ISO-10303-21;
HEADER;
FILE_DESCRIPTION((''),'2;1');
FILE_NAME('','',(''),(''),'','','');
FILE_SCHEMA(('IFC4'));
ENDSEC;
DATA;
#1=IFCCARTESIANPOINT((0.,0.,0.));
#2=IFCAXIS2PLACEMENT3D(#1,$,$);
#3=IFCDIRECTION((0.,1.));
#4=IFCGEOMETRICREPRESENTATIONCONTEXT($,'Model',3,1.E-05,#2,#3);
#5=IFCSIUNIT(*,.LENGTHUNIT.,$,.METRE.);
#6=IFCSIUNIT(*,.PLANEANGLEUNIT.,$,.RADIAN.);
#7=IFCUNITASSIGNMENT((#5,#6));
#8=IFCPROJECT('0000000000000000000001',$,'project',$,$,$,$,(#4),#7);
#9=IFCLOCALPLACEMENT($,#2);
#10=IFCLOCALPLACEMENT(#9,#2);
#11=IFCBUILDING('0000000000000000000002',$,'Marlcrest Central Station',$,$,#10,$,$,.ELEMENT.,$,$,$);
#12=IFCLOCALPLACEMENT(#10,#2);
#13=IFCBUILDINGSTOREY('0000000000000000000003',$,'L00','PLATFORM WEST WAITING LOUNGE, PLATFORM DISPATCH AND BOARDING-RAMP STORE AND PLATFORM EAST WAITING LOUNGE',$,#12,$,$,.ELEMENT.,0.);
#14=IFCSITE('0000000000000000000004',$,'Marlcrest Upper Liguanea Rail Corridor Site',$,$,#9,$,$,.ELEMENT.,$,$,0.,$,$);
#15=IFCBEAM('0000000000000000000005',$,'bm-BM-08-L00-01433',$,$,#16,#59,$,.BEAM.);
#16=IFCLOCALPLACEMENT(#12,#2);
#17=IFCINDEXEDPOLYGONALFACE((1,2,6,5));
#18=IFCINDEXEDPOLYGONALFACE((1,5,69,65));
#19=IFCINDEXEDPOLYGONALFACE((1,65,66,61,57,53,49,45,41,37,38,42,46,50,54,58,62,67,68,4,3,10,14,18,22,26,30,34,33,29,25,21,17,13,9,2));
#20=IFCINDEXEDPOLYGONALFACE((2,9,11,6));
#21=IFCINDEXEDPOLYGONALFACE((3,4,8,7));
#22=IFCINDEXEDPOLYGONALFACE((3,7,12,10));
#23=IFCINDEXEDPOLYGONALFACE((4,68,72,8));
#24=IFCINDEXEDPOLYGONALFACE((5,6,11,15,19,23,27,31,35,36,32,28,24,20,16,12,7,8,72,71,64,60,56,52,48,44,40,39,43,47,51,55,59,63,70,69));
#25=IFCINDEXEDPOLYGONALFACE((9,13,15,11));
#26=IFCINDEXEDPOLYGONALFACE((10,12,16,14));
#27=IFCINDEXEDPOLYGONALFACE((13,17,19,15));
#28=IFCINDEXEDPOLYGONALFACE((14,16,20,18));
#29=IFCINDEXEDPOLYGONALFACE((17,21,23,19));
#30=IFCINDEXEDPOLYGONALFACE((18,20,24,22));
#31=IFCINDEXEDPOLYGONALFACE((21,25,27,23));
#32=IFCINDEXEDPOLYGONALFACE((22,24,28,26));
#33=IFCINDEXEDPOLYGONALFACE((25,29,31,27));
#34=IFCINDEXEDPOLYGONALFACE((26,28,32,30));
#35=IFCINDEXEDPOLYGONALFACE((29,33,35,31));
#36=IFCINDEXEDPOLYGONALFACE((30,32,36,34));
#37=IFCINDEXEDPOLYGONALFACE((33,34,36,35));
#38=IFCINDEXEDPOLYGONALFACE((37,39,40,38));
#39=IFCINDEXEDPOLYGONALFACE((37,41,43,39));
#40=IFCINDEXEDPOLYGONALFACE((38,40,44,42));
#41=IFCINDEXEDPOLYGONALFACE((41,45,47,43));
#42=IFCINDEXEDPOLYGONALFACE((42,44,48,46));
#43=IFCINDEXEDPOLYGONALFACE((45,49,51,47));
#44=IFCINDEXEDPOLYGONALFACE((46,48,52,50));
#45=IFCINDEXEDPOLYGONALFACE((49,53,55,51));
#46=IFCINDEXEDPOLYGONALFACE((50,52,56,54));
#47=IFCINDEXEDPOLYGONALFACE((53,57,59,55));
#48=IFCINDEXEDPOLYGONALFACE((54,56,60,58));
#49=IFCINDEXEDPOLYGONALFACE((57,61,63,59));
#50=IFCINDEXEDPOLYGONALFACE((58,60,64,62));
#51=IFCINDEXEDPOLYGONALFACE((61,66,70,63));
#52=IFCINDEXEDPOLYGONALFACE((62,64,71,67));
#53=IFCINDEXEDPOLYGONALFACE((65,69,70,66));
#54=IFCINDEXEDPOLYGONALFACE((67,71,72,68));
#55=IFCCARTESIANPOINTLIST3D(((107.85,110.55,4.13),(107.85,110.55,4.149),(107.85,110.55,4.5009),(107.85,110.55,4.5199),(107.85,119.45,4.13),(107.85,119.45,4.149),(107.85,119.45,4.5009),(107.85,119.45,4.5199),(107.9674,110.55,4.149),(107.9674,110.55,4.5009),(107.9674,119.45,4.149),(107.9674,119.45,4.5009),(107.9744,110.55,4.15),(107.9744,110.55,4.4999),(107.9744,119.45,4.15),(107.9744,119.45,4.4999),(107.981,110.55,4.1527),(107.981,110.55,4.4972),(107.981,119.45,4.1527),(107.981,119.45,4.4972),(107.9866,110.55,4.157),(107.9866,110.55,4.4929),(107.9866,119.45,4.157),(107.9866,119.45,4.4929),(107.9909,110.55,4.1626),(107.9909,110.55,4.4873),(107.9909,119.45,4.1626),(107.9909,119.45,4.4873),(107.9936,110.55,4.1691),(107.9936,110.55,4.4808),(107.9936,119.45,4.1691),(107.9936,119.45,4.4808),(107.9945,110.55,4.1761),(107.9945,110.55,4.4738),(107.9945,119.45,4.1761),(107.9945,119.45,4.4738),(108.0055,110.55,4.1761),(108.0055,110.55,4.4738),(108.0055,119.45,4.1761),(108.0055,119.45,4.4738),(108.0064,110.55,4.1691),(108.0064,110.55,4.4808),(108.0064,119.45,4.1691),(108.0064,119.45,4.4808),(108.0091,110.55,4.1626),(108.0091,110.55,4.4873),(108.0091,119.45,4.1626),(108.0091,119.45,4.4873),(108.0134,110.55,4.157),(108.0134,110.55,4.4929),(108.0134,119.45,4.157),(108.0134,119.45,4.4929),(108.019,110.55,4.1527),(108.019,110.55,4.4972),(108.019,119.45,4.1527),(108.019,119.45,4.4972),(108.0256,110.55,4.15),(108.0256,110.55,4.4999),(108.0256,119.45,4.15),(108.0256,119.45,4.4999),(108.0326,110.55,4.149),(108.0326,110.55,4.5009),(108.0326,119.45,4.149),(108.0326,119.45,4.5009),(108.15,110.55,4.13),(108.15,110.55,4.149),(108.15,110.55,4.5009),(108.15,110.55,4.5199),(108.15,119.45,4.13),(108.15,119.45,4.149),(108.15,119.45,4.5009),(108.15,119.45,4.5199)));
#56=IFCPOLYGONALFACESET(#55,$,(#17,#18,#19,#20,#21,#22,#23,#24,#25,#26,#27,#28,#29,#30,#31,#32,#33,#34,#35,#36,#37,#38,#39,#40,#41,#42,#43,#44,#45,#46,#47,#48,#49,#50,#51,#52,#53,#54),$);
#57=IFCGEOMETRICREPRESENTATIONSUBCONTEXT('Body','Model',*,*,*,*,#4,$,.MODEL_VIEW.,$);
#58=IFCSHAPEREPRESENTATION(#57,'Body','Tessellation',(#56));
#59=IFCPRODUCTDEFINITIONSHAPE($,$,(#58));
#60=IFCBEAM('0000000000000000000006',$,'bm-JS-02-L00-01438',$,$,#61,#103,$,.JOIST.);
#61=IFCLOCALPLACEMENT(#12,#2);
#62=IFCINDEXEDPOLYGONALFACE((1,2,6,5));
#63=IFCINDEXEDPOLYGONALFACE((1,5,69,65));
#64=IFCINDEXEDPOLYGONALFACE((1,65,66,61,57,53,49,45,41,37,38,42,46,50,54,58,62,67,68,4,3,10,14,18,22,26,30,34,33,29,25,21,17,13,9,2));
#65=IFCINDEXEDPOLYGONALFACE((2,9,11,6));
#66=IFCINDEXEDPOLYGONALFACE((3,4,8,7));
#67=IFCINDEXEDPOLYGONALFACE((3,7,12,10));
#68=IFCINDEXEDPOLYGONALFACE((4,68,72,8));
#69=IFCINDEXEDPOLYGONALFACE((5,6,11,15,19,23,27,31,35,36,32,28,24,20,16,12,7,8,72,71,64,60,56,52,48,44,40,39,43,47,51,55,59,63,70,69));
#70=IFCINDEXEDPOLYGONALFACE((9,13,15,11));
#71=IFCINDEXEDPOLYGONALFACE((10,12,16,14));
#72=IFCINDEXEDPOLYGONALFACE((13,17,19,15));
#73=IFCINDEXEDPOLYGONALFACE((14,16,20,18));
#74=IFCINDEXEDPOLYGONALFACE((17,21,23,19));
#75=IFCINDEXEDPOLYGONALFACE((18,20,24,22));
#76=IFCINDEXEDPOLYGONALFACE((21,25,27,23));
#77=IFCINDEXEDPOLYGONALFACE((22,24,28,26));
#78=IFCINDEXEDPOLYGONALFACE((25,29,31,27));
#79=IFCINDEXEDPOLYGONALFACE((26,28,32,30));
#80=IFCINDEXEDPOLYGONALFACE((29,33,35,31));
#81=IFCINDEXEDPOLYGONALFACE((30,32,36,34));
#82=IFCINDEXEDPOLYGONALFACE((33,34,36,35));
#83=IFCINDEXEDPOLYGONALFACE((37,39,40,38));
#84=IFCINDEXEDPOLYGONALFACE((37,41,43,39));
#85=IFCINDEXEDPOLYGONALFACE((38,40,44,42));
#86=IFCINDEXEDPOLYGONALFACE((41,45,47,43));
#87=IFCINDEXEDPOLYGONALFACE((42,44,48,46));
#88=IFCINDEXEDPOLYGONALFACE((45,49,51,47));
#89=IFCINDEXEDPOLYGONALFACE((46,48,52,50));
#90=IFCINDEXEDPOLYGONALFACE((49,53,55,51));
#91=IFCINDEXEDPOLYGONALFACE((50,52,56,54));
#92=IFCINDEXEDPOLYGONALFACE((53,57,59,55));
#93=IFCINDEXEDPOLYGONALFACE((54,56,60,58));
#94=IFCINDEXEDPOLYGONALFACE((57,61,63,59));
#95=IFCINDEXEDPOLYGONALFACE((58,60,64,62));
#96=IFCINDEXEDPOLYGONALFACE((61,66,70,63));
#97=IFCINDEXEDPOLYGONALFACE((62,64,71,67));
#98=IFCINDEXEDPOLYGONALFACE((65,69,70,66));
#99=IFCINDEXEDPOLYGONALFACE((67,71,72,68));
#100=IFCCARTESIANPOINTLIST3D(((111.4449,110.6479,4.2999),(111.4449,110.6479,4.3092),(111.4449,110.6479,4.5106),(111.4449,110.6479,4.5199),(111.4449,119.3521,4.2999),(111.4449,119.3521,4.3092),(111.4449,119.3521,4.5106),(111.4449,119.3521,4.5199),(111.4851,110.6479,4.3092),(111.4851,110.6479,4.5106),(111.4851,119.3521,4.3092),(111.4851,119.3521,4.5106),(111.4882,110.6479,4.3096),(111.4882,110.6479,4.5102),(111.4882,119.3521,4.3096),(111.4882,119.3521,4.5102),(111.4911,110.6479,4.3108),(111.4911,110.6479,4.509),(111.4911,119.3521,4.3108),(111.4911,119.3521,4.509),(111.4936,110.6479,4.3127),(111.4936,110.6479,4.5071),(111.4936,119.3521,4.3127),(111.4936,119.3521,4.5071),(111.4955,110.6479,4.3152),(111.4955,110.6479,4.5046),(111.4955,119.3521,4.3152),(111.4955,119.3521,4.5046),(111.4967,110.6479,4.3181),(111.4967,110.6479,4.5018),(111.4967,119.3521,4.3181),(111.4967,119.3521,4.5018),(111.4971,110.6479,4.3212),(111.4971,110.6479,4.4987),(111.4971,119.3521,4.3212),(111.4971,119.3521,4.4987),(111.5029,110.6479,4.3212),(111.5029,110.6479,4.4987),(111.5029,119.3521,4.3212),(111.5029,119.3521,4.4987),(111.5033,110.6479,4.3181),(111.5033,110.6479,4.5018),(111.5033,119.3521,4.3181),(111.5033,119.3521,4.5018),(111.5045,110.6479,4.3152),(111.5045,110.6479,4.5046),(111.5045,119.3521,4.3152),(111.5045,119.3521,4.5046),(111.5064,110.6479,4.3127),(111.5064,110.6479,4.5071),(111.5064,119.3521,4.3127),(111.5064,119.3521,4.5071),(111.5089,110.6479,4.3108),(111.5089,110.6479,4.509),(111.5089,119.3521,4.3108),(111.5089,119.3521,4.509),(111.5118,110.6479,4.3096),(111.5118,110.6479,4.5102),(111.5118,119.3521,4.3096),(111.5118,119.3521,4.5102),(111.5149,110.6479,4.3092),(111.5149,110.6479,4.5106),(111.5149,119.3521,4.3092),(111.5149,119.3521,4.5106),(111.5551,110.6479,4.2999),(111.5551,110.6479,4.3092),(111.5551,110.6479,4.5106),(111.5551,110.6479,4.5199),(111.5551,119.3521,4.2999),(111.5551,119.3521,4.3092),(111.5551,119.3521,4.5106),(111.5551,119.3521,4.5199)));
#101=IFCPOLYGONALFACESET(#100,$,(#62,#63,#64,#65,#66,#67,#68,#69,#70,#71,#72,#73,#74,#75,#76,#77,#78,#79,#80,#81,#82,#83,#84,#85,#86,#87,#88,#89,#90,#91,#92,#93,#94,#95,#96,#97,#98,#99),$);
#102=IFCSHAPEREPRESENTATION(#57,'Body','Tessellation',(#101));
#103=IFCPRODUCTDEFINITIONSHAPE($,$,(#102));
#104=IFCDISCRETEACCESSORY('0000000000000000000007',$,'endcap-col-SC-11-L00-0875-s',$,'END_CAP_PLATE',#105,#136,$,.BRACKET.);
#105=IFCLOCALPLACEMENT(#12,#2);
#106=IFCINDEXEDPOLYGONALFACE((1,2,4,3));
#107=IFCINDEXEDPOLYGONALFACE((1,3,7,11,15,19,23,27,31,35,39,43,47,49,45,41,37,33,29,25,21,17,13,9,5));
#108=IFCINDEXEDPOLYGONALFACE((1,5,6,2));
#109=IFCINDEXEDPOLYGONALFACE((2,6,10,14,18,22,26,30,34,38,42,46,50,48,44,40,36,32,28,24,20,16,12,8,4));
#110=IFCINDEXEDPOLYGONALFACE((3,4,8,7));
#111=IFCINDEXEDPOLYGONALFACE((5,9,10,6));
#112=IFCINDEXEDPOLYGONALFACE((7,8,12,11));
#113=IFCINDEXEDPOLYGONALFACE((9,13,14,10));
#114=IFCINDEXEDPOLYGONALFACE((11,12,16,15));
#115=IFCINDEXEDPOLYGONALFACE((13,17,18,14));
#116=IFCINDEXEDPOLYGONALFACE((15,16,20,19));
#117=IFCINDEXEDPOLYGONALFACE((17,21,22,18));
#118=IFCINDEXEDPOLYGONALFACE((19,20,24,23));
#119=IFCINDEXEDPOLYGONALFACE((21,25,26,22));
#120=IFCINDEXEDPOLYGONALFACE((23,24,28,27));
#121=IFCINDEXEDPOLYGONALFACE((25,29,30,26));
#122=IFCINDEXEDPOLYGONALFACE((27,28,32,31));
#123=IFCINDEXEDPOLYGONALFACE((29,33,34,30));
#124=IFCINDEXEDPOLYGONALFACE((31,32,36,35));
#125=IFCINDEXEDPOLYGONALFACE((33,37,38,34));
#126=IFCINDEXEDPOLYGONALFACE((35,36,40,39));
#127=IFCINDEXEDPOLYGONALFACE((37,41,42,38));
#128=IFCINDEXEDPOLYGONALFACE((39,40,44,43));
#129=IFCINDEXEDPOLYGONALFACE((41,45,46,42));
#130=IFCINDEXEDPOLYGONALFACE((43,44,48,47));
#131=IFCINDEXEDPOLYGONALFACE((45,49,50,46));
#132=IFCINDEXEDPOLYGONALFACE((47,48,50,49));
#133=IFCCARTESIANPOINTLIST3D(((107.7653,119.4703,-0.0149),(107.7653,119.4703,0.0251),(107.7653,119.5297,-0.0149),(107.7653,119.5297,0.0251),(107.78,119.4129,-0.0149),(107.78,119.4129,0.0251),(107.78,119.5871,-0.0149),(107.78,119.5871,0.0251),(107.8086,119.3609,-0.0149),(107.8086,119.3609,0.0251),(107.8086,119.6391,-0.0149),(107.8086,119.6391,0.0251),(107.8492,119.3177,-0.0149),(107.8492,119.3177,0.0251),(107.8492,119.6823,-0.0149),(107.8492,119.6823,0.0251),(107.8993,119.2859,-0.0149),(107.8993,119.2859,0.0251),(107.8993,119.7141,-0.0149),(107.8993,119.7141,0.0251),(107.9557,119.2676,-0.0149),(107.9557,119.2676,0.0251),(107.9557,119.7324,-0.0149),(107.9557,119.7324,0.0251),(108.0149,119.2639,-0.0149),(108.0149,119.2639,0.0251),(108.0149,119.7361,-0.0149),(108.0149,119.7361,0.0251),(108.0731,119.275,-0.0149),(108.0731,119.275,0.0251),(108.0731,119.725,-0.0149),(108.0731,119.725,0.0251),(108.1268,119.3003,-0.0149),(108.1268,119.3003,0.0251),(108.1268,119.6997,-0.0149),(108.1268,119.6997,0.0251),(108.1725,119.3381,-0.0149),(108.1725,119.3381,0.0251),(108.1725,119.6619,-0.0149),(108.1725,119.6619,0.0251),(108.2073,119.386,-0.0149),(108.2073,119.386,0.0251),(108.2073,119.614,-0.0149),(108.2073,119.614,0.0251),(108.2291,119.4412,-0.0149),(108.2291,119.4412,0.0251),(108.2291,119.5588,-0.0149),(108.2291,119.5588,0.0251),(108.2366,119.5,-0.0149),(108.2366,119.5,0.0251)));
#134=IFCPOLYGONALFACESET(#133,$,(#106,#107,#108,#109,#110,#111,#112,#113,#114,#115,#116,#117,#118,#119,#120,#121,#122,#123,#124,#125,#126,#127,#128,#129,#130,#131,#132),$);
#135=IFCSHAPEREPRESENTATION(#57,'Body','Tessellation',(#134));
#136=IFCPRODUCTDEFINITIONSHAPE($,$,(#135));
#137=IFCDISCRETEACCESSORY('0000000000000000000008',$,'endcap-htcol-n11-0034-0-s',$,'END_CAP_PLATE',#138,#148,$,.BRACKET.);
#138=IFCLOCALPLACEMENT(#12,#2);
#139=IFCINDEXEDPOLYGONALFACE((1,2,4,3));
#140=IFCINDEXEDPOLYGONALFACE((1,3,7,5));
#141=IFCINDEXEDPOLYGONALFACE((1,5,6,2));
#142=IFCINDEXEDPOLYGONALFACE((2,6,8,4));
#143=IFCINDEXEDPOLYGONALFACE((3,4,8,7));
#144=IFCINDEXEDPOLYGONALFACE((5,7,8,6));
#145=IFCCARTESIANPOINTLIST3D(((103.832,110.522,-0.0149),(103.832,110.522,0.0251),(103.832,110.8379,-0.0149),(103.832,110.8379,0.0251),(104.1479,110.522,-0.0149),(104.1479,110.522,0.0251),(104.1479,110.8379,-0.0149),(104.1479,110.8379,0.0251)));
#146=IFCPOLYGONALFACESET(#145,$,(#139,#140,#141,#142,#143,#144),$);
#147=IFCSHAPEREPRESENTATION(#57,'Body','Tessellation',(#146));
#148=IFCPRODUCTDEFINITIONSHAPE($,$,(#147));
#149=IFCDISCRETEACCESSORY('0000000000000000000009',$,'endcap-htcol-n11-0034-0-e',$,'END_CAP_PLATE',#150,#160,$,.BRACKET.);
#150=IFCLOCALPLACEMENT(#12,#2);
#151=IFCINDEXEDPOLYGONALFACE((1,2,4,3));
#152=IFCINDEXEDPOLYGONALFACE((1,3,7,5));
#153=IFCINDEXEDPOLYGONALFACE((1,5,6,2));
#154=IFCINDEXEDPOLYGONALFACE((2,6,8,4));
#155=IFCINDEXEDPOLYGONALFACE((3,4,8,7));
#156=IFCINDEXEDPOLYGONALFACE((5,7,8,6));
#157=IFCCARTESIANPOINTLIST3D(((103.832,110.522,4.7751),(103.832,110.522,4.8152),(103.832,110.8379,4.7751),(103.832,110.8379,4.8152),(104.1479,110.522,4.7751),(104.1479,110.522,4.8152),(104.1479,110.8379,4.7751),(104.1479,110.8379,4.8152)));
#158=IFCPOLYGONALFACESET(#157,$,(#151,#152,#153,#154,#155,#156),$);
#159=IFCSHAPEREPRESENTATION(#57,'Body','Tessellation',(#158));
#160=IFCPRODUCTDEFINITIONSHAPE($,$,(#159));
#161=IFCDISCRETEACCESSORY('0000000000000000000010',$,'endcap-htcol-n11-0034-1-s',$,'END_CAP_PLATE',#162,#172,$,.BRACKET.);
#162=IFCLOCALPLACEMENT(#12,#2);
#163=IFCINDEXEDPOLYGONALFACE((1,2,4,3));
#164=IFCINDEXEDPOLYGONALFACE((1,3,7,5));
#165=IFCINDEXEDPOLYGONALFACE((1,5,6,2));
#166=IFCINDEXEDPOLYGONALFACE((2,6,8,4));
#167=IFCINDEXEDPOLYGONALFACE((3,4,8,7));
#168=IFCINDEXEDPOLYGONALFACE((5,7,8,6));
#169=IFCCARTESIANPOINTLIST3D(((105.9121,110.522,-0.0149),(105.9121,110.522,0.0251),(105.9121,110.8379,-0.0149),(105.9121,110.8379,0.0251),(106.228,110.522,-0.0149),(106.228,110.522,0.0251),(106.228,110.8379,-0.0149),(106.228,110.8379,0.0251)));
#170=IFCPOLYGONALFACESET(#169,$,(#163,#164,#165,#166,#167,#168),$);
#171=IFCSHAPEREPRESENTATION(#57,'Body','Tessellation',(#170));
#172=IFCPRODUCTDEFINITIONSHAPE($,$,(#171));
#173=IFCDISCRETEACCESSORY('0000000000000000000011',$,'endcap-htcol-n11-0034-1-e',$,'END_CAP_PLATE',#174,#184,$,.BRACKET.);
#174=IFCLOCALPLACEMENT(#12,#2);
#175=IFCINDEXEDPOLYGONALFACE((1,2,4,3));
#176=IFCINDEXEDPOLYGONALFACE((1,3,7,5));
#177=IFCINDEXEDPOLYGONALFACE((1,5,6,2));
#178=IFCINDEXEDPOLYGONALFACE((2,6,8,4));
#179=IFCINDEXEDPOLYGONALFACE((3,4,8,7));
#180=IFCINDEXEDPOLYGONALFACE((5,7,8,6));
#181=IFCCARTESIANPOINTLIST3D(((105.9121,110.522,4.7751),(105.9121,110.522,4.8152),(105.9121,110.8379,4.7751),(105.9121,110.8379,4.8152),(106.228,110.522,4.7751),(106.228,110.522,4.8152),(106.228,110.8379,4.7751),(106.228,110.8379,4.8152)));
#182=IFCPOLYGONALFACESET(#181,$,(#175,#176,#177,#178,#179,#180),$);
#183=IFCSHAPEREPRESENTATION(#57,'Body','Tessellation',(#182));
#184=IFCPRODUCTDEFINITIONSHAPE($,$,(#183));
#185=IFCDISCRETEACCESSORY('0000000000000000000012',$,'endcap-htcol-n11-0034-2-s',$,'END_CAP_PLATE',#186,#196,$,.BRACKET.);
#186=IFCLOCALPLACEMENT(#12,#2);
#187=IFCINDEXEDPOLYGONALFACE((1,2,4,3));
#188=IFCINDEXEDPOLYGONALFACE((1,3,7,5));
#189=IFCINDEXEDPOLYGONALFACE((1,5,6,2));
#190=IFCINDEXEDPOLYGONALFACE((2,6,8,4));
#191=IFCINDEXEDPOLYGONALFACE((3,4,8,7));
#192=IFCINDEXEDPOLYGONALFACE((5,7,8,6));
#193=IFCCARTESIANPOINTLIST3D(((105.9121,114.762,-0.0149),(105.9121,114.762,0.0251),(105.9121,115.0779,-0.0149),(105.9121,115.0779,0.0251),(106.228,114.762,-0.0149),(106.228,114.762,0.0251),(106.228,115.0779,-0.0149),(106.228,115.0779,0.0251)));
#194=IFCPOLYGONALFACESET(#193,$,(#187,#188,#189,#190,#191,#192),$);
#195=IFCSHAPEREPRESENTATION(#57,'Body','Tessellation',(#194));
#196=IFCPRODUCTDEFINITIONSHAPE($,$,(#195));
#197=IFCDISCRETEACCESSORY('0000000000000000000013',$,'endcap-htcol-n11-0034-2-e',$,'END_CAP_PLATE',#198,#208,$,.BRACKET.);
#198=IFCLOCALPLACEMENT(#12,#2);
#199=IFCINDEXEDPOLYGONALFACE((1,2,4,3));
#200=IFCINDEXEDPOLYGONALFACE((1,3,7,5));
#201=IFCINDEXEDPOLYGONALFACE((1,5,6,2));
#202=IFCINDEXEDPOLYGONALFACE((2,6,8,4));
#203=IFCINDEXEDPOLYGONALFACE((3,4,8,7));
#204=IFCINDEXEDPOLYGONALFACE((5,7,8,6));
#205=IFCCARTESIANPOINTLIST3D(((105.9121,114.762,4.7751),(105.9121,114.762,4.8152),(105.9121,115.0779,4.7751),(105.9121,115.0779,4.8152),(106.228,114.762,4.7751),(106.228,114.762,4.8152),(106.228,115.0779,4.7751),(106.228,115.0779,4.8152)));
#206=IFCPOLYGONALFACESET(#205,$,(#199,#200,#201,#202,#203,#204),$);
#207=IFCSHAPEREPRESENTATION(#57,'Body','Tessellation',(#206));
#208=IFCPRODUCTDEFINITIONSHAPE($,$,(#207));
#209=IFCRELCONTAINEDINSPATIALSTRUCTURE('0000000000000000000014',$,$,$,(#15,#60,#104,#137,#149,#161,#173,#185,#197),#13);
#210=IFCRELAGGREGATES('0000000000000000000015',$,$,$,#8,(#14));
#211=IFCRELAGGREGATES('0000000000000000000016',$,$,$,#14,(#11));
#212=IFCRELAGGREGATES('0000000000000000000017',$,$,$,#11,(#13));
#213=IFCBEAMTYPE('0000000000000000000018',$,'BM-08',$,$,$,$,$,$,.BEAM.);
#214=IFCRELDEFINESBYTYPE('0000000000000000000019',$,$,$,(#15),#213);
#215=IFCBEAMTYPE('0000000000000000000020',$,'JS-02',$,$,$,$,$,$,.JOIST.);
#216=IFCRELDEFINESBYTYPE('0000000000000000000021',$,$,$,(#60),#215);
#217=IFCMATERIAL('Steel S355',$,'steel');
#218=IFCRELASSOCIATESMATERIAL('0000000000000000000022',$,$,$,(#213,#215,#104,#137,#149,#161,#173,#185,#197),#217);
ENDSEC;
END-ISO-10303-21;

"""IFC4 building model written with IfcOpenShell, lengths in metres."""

from ifc_helpers import new_model, si_unit, direction, frame, origin, origin_2d, place, context, subcontext, project, spatial, rectangle, circle, i_section, extrude, material, material_profile, profile_set, type_object, element, save


model = new_model("IFC4")

# Units and contexts
model_context = context("Model", 3, precision=1e-05, world=origin(), true_north=direction((0.0, 1.0)))
body_context = subcontext(model_context, "Body", "Model", "MODEL_VIEW")
ifc_project = project(units=[si_unit("LENGTHUNIT", "METRE"), si_unit("PLANEANGLEUNIT", "RADIAN")], contexts=[model_context])

# Site, building, storey
site_placement = place(None, origin())
site = spatial("IfcSite", under=ifc_project, at=site_placement, Name="Marlcrest Upper Liguanea Rail Corridor Site", CompositionType="ELEMENT", RefElevation=0.0)
building_placement = place(site_placement, origin())
building = spatial("IfcBuilding", under=site, at=building_placement, Name="Marlcrest Central Station", CompositionType="ELEMENT")
storey_placement = place(building_placement, origin())
storey = spatial("IfcBuildingStorey", under=building, at=storey_placement, Name="L00", Description="PLATFORM WEST WAITING LOUNGE, PLATFORM DISPATCH AND BOARDING-RAMP STORE AND PLATFORM EAST WAITING LOUNGE", CompositionType="ELEMENT", Elevation=0.0)

# Shared definitions
ifc_material_1 = material(Name="Steel S355", Category="steel")

# Beams
ifc_material_profile_1 = material_profile(ifc_material_1, i_section(OverallWidth=0.3, OverallDepth=0.3899, WebThickness=0.011, FlangeThickness=0.019, FilletRadius=0.0271, at=origin_2d()), Name="HEA 400")
ifc_profile_set_1 = profile_set([ifc_material_profile_1], Name="Steel S355")
beam_type_1 = type_object("IfcBeamType", Name="BM-08", PredefinedType="BEAM", material=ifc_profile_set_1)
beam_1_placement = place(storey_placement, frame((108.0, 110.55, 4.325), z_axis=(0.0, 1.0, 0.0), x_axis=(-1.0, 0.0, 0.0)))
element("IfcBeam", 1, at=beam_1_placement, inside=storey, type_object=beam_type_1, Name="bm-BM-08-L00-01433", PredefinedType="BEAM", context=body_context, shape_type="SweptSolid", body=[
    extrude(i_section(OverallWidth=0.3, OverallDepth=0.3899, WebThickness=0.011, FlangeThickness=0.019, FilletRadius=0.0271, at=origin_2d()), origin(), (0.0, 0.0, 1.0), 8.8999),
])
ifc_material_profile_2 = material_profile(ifc_material_1, i_section(OverallWidth=0.1101, OverallDepth=0.22, WebThickness=0.0059, FlangeThickness=0.0093, FilletRadius=0.012, at=origin_2d()), Name="IPE 220")
ifc_profile_set_2 = profile_set([ifc_material_profile_2], Name="Steel S355")
beam_type_2 = type_object("IfcBeamType", Name="JS-02", PredefinedType="JOIST", material=ifc_profile_set_2)
beam_2_placement = place(storey_placement, frame((111.5, 110.6479, 4.4099), z_axis=(0.0, 1.0, 0.0), x_axis=(-1.0, 0.0, 0.0)))
element("IfcBeam", 2, at=beam_2_placement, inside=storey, type_object=beam_type_2, Name="bm-JS-02-L00-01438", PredefinedType="JOIST", context=body_context, shape_type="SweptSolid", body=[
    extrude(i_section(OverallWidth=0.1101, OverallDepth=0.22, WebThickness=0.0059, FlangeThickness=0.0093, FilletRadius=0.012, at=origin_2d()), origin(), (0.0, 0.0, 1.0), 8.7041),
])

# Discrete accessories
discrete_accessory_placement = place(storey_placement, frame((108.0, 119.5, -0.0149), z_axis=(0.0, 0.0, 1.0), x_axis=(1.0, 0.0, 0.0)))
element("IfcDiscreteAccessory", 3, at=discrete_accessory_placement, inside=storey, material=ifc_material_1, Name="endcap-col-SC-11-L00-0875-s", ObjectType="END_CAP_PLATE", PredefinedType="BRACKET", context=body_context, shape_type="SweptSolid", body=[
    extrude(circle(Radius=0.2366, at=origin_2d()), origin(), (0.0, 0.0, 1.0), 0.04),
])
for number, where, z_axis, x_axis, name in (
    (4, (103.99, 110.6799, -0.0149), (0.0, 0.0, 1.0), (1.0, 0.0, 0.0), "endcap-htcol-n11-0034-0-s"),
    (5, (103.99, 110.6799, 4.7751), (0.0, 0.0, 1.0), (1.0, 0.0, 0.0), "endcap-htcol-n11-0034-0-e"),
    (6, (106.0701, 110.6799, -0.0149), (0.0, 0.0, 1.0), (1.0, 0.0, 0.0), "endcap-htcol-n11-0034-1-s"),
    (7, (106.0701, 110.6799, 4.7751), (0.0, 0.0, 1.0), (1.0, 0.0, 0.0), "endcap-htcol-n11-0034-1-e"),
    (8, (106.0701, 114.9199, -0.0149), (0.0, 0.0, 1.0), (1.0, 0.0, 0.0), "endcap-htcol-n11-0034-2-s"),
    (9, (106.0701, 114.9199, 4.7751), (0.0, 0.0, 1.0), (1.0, 0.0, 0.0), "endcap-htcol-n11-0034-2-e"),
):
    element("IfcDiscreteAccessory", number, at=place(storey_placement, frame(where, z_axis=z_axis, x_axis=x_axis)), inside=storey, material=ifc_material_1, Name=name, ObjectType="END_CAP_PLATE", PredefinedType="BRACKET", context=body_context, shape_type="SweptSolid", body=[
        extrude(rectangle(XDim=0.3159, YDim=0.3159, at=origin_2d()), origin(), (0.0, 0.0, 1.0), 0.04),
    ])

save(model, "model.ifc")
